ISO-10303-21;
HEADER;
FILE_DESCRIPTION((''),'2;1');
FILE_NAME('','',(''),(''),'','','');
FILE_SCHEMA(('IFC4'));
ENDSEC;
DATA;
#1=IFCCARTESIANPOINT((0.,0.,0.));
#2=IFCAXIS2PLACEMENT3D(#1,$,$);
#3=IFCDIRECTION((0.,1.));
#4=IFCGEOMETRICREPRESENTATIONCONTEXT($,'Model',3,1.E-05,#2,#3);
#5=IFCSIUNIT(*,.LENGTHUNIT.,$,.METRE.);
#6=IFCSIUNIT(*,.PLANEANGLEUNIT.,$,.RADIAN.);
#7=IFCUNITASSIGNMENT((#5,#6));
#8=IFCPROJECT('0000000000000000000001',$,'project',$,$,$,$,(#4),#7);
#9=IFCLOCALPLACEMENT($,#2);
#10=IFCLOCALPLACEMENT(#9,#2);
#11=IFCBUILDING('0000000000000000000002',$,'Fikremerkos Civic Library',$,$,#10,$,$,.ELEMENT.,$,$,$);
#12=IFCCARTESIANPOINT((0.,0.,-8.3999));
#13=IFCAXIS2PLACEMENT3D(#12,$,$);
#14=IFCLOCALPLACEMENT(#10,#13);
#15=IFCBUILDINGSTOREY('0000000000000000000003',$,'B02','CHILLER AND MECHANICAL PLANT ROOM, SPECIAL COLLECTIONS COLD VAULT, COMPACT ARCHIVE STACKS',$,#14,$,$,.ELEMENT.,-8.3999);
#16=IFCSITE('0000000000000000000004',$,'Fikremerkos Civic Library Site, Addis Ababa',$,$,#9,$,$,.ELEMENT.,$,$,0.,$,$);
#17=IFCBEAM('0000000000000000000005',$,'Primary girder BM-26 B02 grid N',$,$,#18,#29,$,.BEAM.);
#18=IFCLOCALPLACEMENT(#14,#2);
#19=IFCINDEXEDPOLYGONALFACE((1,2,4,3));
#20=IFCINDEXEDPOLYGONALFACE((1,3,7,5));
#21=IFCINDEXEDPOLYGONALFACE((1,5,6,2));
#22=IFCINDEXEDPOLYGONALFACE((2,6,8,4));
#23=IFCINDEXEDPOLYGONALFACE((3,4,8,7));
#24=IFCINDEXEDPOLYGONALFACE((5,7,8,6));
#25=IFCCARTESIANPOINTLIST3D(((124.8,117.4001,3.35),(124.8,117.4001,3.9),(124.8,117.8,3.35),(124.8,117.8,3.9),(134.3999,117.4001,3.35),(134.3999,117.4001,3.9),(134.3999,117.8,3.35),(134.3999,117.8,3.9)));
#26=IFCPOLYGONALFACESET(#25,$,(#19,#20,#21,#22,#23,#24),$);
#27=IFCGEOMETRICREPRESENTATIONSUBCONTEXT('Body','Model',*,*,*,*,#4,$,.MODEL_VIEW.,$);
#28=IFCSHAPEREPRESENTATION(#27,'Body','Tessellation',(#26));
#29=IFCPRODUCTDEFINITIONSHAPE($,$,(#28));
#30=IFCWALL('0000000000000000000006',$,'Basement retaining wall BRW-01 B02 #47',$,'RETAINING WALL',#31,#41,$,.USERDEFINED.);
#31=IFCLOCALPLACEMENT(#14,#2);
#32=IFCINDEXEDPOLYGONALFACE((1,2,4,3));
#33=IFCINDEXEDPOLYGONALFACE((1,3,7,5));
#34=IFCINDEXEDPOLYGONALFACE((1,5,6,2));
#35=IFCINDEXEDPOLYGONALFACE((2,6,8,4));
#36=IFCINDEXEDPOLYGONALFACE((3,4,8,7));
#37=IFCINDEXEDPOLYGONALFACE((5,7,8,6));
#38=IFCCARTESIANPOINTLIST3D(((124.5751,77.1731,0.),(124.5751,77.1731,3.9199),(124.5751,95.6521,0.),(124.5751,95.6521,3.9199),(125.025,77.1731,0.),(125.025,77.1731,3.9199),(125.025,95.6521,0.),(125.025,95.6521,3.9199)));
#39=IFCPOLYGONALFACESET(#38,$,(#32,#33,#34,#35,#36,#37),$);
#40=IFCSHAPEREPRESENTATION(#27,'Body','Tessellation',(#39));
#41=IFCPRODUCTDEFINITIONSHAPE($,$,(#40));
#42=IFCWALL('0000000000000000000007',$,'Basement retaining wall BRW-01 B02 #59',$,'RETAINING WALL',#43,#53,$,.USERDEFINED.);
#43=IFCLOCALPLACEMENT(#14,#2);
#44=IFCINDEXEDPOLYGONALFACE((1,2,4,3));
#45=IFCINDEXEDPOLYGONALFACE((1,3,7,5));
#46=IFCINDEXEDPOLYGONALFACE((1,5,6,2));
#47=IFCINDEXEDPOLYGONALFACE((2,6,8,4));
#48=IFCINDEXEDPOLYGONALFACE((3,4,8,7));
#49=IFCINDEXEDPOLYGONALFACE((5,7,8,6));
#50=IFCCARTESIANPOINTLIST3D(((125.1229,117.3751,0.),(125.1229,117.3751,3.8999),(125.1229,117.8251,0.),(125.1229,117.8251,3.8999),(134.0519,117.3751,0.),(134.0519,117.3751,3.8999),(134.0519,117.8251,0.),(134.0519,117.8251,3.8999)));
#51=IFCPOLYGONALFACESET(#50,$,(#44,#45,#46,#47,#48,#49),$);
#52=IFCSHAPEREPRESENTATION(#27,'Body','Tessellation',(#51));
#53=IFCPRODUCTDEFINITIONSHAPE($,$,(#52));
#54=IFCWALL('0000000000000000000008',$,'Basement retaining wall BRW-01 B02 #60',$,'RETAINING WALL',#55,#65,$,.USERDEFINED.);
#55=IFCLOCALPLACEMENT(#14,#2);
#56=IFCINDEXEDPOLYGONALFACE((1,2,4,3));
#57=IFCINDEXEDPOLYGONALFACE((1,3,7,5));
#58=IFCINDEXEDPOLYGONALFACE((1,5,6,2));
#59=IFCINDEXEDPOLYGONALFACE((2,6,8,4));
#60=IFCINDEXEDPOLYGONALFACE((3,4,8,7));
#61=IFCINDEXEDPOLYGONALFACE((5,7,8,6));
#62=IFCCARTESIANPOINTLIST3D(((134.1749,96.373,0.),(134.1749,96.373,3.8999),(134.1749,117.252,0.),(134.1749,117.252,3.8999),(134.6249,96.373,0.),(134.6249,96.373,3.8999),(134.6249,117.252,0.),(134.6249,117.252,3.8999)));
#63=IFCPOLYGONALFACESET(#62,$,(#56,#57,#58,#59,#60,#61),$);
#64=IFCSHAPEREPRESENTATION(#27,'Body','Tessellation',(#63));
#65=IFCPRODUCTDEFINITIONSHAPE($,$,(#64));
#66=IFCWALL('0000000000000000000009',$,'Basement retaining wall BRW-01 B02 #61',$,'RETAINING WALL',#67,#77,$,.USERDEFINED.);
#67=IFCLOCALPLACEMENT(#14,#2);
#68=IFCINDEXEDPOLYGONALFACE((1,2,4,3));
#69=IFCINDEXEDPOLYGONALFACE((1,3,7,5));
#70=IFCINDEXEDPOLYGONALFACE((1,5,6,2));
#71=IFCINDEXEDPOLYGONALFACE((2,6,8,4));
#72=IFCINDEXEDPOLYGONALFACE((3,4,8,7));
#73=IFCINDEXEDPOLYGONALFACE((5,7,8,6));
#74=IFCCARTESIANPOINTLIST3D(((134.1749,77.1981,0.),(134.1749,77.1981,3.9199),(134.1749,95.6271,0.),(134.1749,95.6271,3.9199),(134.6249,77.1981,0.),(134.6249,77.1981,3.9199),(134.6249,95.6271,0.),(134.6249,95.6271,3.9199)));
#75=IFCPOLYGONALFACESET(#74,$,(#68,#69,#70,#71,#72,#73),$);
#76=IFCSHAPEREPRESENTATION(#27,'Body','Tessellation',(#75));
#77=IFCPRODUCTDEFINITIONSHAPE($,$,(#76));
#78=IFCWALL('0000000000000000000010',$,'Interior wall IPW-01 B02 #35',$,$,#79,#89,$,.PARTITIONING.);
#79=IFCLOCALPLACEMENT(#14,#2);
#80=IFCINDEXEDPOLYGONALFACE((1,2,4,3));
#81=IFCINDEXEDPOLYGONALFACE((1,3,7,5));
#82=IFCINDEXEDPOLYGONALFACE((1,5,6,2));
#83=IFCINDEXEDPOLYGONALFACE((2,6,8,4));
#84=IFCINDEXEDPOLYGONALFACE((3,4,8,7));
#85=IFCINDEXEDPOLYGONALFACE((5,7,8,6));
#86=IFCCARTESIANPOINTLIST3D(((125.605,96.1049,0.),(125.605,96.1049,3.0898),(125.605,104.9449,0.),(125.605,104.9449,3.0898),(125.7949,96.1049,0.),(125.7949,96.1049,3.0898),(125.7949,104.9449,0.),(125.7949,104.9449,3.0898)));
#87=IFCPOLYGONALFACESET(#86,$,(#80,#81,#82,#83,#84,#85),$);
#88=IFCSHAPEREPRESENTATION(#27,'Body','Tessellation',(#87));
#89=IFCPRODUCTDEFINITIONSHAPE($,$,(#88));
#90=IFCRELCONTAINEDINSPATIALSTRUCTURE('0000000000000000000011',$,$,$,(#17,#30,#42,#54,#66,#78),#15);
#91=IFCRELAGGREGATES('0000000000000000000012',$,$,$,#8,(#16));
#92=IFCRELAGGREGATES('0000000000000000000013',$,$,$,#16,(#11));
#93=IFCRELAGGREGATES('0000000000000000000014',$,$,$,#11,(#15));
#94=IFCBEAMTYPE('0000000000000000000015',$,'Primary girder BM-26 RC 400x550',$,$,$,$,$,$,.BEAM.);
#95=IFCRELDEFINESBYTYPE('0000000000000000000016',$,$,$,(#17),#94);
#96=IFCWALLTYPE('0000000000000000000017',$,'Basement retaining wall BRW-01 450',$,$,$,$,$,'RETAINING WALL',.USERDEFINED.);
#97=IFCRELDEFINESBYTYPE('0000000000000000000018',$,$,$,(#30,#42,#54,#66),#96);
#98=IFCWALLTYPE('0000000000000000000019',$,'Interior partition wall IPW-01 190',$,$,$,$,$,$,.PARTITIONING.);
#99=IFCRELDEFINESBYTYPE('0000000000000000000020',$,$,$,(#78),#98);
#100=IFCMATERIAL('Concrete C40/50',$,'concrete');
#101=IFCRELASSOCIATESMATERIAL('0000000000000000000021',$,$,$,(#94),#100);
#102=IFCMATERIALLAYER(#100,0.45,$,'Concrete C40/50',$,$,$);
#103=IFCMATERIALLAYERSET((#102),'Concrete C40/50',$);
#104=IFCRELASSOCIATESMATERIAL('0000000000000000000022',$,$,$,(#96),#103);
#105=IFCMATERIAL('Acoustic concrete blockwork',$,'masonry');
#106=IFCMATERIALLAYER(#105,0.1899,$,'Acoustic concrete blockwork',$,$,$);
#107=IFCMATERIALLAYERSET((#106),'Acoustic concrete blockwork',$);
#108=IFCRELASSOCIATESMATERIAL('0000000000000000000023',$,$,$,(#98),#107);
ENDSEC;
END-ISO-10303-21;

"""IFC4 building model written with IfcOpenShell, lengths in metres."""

from ifc_helpers import new_model, si_unit, direction, frame, frame_2d, origin, origin_2d, place, context, subcontext, project, spatial, rectangle, extrude, material, layer, layer_set, material_profile, profile_set, type_object, element, save


model = new_model("IFC4")

# Units and contexts
model_context = context("Model", 3, precision=1e-05, world=origin(), true_north=direction((0.0, 1.0)))
body_context = subcontext(model_context, "Body", "Model", "MODEL_VIEW")
ifc_project = project(units=[si_unit("LENGTHUNIT", "METRE"), si_unit("PLANEANGLEUNIT", "RADIAN")], contexts=[model_context])

# Site, building, storey
site_placement = place(None, origin())
site = spatial("IfcSite", under=ifc_project, at=site_placement, Name="Fikremerkos Civic Library Site, Addis Ababa", CompositionType="ELEMENT", RefElevation=0.0)
building_placement = place(site_placement, origin())
building = spatial("IfcBuilding", under=site, at=building_placement, Name="Fikremerkos Civic Library", CompositionType="ELEMENT")
storey_placement = place(building_placement, frame((0.0, 0.0, -8.3999)))
storey = spatial("IfcBuildingStorey", under=building, at=storey_placement, Name="B02", Description="CHILLER AND MECHANICAL PLANT ROOM, SPECIAL COLLECTIONS COLD VAULT, COMPACT ARCHIVE STACKS", CompositionType="ELEMENT", Elevation=-8.3999)

# Shared definitions
ifc_material_1 = material(Name="Concrete C40/50", Category="concrete")

# Beam
ifc_material_profile_1 = material_profile(ifc_material_1, rectangle(XDim=0.3999, YDim=0.55, at=origin_2d()), Name="RC 400x550")
ifc_profile_set_1 = profile_set([ifc_material_profile_1], Name="Concrete C40/50")
beam_type_1 = type_object("IfcBeamType", Name="Primary girder BM-26 RC 400x550", PredefinedType="BEAM", material=ifc_profile_set_1)
beam_1_placement = place(storey_placement, frame((124.8, 117.6001, 3.625), z_axis=(1.0, 0.0, 0.0), x_axis=(0.0, 1.0, 0.0)))
element("IfcBeam", 1, at=beam_1_placement, inside=storey, type_object=beam_type_1, Name="Primary girder BM-26 B02 grid N", PredefinedType="BEAM", context=body_context, shape_type="SweptSolid", body=[
    extrude(rectangle(XDim=0.3999, YDim=0.55, at=origin_2d()), origin(), (0.0, 0.0, 1.0), 9.5999),
])

# Walls
ifc_layer_1 = layer(ifc_material_1, 0.45, Name="Concrete C40/50")
ifc_layer_set_1 = layer_set([ifc_layer_1], Name="Concrete C40/50")
wall_type_1 = type_object("IfcWallType", Name="Basement retaining wall BRW-01 450", ElementType="RETAINING WALL", PredefinedType="USERDEFINED", material=ifc_layer_set_1)
wall_1_placement = place(storey_placement, frame((124.8, 77.1731, 0.0), z_axis=(0.0, 0.0, 1.0), x_axis=(0.0, 1.0, 0.0)))
element("IfcWall", 2, at=wall_1_placement, inside=storey, type_object=wall_type_1, Name="Basement retaining wall BRW-01 B02 #47", ObjectType="RETAINING WALL", PredefinedType="USERDEFINED", context=body_context, shape_type="SweptSolid", body=[
    extrude(rectangle(XDim=18.479, YDim=0.45, at=frame_2d((9.2395, 0.0))), origin(), (0.0, 0.0, 1.0), 3.9199),
])
wall_2_placement = place(storey_placement, frame((125.123, 117.6001, 0.0), z_axis=(0.0, 0.0, 1.0), x_axis=(1.0, 0.0, 0.0)))
element("IfcWall", 3, at=wall_2_placement, inside=storey, type_object=wall_type_1, Name="Basement retaining wall BRW-01 B02 #59", ObjectType="RETAINING WALL", PredefinedType="USERDEFINED", context=body_context, shape_type="SweptSolid", body=[
    extrude(rectangle(XDim=8.929, YDim=0.45, at=frame_2d((4.4644, 0.0))), origin(), (0.0, 0.0, 1.0), 3.8999),
])
wall_3_placement = place(storey_placement, frame((134.3999, 117.252, 0.0), z_axis=(0.0, 0.0, 1.0), x_axis=(0.0, -1.0, 0.0)))
element("IfcWall", 4, at=wall_3_placement, inside=storey, type_object=wall_type_1, Name="Basement retaining wall BRW-01 B02 #60", ObjectType="RETAINING WALL", PredefinedType="USERDEFINED", context=body_context, shape_type="SweptSolid", body=[
    extrude(rectangle(XDim=20.8789, YDim=0.45, at=frame_2d((10.4395, 0.0))), origin(), (0.0, 0.0, 1.0), 3.8999),
])
wall_4_placement = place(storey_placement, frame((134.3999, 95.627, 0.0), z_axis=(0.0, 0.0, 1.0), x_axis=(0.0, -1.0, 0.0)))
element("IfcWall", 5, at=wall_4_placement, inside=storey, type_object=wall_type_1, Name="Basement retaining wall BRW-01 B02 #61", ObjectType="RETAINING WALL", PredefinedType="USERDEFINED", context=body_context, shape_type="SweptSolid", body=[
    extrude(rectangle(XDim=18.429, YDim=0.45, at=frame_2d((9.2144, 0.0))), origin(), (0.0, 0.0, 1.0), 3.9199),
])
ifc_material_2 = material(Name="Acoustic concrete blockwork", Category="masonry")
ifc_layer_2 = layer(ifc_material_2, 0.1899, Name="Acoustic concrete blockwork")
ifc_layer_set_2 = layer_set([ifc_layer_2], Name="Acoustic concrete blockwork")
wall_type_2 = type_object("IfcWallType", Name="Interior partition wall IPW-01 190", PredefinedType="PARTITIONING", material=ifc_layer_set_2)
wall_5_placement = place(storey_placement, frame((125.7, 96.105, 0.0), z_axis=(0.0, 0.0, 1.0), x_axis=(0.0, 1.0, 0.0)))
element("IfcWall", 6, at=wall_5_placement, inside=storey, type_object=wall_type_2, Name="Interior wall IPW-01 B02 #35", PredefinedType="PARTITIONING", context=body_context, shape_type="SweptSolid", body=[
    extrude(rectangle(XDim=8.8401, YDim=0.1899, at=frame_2d((4.4199, 0.0))), origin(), (0.0, 0.0, 1.0), 3.0898),
])

save(model, "model.ifc")
